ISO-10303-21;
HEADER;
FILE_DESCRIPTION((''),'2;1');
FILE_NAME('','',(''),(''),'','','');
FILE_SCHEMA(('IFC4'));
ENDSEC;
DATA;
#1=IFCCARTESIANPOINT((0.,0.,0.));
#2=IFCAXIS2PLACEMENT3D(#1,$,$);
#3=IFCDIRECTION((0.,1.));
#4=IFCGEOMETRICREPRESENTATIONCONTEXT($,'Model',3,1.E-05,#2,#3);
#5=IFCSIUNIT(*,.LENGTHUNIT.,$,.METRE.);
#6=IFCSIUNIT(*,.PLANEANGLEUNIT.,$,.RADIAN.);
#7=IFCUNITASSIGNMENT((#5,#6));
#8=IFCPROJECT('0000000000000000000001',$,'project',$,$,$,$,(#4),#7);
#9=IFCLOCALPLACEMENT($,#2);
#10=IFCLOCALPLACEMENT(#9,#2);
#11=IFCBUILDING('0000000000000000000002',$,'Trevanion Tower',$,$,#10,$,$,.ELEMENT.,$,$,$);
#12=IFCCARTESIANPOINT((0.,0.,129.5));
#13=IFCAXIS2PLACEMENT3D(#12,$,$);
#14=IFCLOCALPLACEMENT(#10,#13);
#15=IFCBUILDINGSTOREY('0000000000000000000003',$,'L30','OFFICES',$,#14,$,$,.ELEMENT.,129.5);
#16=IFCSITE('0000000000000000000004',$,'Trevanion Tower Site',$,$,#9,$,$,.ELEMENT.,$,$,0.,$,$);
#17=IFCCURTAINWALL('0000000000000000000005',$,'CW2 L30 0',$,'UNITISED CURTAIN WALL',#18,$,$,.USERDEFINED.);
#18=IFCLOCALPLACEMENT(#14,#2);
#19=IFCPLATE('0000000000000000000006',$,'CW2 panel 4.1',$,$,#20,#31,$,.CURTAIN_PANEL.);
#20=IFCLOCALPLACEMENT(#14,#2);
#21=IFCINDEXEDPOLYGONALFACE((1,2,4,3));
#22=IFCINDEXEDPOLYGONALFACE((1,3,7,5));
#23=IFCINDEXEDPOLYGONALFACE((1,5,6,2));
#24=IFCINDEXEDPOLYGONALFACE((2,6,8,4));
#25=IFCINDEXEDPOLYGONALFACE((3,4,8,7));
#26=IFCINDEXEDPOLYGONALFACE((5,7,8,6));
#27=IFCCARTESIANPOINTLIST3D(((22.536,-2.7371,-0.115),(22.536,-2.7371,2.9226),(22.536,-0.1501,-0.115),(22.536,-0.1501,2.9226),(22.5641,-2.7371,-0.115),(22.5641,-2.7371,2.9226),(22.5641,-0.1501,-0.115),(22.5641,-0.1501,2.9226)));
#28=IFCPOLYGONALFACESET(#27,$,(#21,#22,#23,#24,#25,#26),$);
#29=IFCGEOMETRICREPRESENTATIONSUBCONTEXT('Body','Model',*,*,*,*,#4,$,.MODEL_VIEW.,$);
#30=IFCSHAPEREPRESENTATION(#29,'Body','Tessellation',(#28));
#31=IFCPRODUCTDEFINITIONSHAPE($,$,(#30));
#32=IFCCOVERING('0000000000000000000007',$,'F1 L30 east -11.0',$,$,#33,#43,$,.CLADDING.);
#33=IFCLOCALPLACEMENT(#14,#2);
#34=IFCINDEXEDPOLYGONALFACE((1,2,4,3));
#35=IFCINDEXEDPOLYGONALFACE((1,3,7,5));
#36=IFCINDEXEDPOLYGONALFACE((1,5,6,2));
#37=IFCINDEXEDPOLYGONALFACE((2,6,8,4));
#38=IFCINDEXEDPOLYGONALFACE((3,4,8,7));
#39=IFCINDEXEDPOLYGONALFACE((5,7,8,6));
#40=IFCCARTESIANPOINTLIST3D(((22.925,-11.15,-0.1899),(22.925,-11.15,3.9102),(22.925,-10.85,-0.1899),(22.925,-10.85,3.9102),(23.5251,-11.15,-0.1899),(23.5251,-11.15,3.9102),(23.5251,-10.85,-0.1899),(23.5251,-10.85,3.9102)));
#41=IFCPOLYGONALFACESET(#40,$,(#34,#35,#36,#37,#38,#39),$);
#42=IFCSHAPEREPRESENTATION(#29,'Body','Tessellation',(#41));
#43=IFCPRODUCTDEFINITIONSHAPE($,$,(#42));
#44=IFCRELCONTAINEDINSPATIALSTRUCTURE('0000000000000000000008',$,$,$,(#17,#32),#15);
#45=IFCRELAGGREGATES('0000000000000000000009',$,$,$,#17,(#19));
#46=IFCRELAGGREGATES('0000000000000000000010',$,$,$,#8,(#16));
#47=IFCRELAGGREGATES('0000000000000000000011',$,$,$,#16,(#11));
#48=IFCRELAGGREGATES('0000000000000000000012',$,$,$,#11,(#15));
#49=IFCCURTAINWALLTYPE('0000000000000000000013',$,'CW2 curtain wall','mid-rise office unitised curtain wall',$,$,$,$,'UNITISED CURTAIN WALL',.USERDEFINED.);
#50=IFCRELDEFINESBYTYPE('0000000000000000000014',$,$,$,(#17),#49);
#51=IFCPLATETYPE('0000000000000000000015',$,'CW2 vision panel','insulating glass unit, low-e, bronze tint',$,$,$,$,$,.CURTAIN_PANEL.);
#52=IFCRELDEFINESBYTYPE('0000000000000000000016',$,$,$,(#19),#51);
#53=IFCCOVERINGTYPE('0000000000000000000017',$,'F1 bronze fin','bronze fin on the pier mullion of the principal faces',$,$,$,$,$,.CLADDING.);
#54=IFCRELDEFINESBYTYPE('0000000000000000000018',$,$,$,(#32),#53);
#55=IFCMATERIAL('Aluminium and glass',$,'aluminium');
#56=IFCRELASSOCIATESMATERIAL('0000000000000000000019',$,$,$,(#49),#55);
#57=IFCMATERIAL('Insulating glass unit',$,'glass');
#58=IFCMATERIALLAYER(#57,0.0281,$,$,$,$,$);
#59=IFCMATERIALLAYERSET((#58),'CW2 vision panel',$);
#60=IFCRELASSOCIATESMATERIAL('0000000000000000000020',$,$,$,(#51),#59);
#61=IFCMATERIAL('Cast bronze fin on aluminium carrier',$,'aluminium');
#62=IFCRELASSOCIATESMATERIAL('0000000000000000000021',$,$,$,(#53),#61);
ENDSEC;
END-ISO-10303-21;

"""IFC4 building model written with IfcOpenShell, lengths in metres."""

from ifc_helpers import new_model, si_unit, direction, frame, origin, origin_2d, place, context, subcontext, project, spatial, rectangle, extrude, material, layer, layer_set, type_object, element, aggregate, save


model = new_model("IFC4")

# Units and contexts
model_context = context("Model", 3, precision=1e-05, world=origin(), true_north=direction((0.0, 1.0)))
body_context = subcontext(model_context, "Body", "Model", "MODEL_VIEW")
ifc_project = project(units=[si_unit("LENGTHUNIT", "METRE"), si_unit("PLANEANGLEUNIT", "RADIAN")], contexts=[model_context])

# Site, building, storey
site_placement = place(None, origin())
site = spatial("IfcSite", under=ifc_project, at=site_placement, Name="Trevanion Tower Site", CompositionType="ELEMENT", RefElevation=0.0)
building_placement = place(site_placement, origin())
building = spatial("IfcBuilding", under=site, at=building_placement, Name="Trevanion Tower", CompositionType="ELEMENT")
storey_placement = place(building_placement, frame((0.0, 0.0, 129.5)))
storey = spatial("IfcBuildingStorey", under=building, at=storey_placement, Name="L30", Description="OFFICES", CompositionType="ELEMENT", Elevation=129.5)

# Curtain wall, plate
ifc_material_1 = material(Name="Aluminium and glass", Category="aluminium")
curtain_wall_type = type_object("IfcCurtainWallType", Name="CW2 curtain wall", Description="mid-rise office unitised curtain wall", ElementType="UNITISED CURTAIN WALL", PredefinedType="USERDEFINED", material=ifc_material_1)
curtain_wall_placement = place(storey_placement, origin())
curtain_wall = element("IfcCurtainWall", 1, at=curtain_wall_placement, inside=storey, type_object=curtain_wall_type, Name="CW2 L30 0", ObjectType="UNITISED CURTAIN WALL", PredefinedType="USERDEFINED")
ifc_material_2 = material(Name="Insulating glass unit", Category="glass")
ifc_layer_1 = layer(ifc_material_2, 0.0281)
ifc_layer_set_1 = layer_set([ifc_layer_1], Name="CW2 vision panel")
plate_type_1 = type_object("IfcPlateType", Name="CW2 vision panel", Description="insulating glass unit, low-e, bronze tint", PredefinedType="CURTAIN_PANEL", material=ifc_layer_set_1)
plate_1_placement = place(storey_placement, frame((22.55, -1.4436, -0.115), z_axis=(0.0, 0.0, 1.0), x_axis=(0.0, 1.0, 0.0)))
plate_1 = element("IfcPlate", 2, at=plate_1_placement, type_object=plate_type_1, Name="CW2 panel 4.1", PredefinedType="CURTAIN_PANEL", context=body_context, shape_type="SweptSolid", body=[
    extrude(rectangle(XDim=2.5869, YDim=0.0281, at=origin_2d()), origin(), (0.0, 0.0, 1.0), 3.0376),
])
aggregate(curtain_wall, [plate_1])

# Covering
ifc_material_3 = material(Name="Cast bronze fin on aluminium carrier", Category="aluminium")
covering_type = type_object("IfcCoveringType", Name="F1 bronze fin", Description="bronze fin on the pier mullion of the principal faces", PredefinedType="CLADDING", material=ifc_material_3)
covering_placement = place(storey_placement, frame((23.2251, -11.0, -0.1899), z_axis=(0.0, 0.0, 1.0), x_axis=(0.0, 1.0, 0.0)))
element("IfcCovering", 3, at=covering_placement, inside=storey, type_object=covering_type, Name="F1 L30 east -11.0", PredefinedType="CLADDING", context=body_context, shape_type="SweptSolid", body=[
    extrude(rectangle(XDim=0.3, YDim=0.6001, at=origin_2d()), origin(), (0.0, 0.0, 1.0), 4.1001),
])

save(model, "model.ifc")
